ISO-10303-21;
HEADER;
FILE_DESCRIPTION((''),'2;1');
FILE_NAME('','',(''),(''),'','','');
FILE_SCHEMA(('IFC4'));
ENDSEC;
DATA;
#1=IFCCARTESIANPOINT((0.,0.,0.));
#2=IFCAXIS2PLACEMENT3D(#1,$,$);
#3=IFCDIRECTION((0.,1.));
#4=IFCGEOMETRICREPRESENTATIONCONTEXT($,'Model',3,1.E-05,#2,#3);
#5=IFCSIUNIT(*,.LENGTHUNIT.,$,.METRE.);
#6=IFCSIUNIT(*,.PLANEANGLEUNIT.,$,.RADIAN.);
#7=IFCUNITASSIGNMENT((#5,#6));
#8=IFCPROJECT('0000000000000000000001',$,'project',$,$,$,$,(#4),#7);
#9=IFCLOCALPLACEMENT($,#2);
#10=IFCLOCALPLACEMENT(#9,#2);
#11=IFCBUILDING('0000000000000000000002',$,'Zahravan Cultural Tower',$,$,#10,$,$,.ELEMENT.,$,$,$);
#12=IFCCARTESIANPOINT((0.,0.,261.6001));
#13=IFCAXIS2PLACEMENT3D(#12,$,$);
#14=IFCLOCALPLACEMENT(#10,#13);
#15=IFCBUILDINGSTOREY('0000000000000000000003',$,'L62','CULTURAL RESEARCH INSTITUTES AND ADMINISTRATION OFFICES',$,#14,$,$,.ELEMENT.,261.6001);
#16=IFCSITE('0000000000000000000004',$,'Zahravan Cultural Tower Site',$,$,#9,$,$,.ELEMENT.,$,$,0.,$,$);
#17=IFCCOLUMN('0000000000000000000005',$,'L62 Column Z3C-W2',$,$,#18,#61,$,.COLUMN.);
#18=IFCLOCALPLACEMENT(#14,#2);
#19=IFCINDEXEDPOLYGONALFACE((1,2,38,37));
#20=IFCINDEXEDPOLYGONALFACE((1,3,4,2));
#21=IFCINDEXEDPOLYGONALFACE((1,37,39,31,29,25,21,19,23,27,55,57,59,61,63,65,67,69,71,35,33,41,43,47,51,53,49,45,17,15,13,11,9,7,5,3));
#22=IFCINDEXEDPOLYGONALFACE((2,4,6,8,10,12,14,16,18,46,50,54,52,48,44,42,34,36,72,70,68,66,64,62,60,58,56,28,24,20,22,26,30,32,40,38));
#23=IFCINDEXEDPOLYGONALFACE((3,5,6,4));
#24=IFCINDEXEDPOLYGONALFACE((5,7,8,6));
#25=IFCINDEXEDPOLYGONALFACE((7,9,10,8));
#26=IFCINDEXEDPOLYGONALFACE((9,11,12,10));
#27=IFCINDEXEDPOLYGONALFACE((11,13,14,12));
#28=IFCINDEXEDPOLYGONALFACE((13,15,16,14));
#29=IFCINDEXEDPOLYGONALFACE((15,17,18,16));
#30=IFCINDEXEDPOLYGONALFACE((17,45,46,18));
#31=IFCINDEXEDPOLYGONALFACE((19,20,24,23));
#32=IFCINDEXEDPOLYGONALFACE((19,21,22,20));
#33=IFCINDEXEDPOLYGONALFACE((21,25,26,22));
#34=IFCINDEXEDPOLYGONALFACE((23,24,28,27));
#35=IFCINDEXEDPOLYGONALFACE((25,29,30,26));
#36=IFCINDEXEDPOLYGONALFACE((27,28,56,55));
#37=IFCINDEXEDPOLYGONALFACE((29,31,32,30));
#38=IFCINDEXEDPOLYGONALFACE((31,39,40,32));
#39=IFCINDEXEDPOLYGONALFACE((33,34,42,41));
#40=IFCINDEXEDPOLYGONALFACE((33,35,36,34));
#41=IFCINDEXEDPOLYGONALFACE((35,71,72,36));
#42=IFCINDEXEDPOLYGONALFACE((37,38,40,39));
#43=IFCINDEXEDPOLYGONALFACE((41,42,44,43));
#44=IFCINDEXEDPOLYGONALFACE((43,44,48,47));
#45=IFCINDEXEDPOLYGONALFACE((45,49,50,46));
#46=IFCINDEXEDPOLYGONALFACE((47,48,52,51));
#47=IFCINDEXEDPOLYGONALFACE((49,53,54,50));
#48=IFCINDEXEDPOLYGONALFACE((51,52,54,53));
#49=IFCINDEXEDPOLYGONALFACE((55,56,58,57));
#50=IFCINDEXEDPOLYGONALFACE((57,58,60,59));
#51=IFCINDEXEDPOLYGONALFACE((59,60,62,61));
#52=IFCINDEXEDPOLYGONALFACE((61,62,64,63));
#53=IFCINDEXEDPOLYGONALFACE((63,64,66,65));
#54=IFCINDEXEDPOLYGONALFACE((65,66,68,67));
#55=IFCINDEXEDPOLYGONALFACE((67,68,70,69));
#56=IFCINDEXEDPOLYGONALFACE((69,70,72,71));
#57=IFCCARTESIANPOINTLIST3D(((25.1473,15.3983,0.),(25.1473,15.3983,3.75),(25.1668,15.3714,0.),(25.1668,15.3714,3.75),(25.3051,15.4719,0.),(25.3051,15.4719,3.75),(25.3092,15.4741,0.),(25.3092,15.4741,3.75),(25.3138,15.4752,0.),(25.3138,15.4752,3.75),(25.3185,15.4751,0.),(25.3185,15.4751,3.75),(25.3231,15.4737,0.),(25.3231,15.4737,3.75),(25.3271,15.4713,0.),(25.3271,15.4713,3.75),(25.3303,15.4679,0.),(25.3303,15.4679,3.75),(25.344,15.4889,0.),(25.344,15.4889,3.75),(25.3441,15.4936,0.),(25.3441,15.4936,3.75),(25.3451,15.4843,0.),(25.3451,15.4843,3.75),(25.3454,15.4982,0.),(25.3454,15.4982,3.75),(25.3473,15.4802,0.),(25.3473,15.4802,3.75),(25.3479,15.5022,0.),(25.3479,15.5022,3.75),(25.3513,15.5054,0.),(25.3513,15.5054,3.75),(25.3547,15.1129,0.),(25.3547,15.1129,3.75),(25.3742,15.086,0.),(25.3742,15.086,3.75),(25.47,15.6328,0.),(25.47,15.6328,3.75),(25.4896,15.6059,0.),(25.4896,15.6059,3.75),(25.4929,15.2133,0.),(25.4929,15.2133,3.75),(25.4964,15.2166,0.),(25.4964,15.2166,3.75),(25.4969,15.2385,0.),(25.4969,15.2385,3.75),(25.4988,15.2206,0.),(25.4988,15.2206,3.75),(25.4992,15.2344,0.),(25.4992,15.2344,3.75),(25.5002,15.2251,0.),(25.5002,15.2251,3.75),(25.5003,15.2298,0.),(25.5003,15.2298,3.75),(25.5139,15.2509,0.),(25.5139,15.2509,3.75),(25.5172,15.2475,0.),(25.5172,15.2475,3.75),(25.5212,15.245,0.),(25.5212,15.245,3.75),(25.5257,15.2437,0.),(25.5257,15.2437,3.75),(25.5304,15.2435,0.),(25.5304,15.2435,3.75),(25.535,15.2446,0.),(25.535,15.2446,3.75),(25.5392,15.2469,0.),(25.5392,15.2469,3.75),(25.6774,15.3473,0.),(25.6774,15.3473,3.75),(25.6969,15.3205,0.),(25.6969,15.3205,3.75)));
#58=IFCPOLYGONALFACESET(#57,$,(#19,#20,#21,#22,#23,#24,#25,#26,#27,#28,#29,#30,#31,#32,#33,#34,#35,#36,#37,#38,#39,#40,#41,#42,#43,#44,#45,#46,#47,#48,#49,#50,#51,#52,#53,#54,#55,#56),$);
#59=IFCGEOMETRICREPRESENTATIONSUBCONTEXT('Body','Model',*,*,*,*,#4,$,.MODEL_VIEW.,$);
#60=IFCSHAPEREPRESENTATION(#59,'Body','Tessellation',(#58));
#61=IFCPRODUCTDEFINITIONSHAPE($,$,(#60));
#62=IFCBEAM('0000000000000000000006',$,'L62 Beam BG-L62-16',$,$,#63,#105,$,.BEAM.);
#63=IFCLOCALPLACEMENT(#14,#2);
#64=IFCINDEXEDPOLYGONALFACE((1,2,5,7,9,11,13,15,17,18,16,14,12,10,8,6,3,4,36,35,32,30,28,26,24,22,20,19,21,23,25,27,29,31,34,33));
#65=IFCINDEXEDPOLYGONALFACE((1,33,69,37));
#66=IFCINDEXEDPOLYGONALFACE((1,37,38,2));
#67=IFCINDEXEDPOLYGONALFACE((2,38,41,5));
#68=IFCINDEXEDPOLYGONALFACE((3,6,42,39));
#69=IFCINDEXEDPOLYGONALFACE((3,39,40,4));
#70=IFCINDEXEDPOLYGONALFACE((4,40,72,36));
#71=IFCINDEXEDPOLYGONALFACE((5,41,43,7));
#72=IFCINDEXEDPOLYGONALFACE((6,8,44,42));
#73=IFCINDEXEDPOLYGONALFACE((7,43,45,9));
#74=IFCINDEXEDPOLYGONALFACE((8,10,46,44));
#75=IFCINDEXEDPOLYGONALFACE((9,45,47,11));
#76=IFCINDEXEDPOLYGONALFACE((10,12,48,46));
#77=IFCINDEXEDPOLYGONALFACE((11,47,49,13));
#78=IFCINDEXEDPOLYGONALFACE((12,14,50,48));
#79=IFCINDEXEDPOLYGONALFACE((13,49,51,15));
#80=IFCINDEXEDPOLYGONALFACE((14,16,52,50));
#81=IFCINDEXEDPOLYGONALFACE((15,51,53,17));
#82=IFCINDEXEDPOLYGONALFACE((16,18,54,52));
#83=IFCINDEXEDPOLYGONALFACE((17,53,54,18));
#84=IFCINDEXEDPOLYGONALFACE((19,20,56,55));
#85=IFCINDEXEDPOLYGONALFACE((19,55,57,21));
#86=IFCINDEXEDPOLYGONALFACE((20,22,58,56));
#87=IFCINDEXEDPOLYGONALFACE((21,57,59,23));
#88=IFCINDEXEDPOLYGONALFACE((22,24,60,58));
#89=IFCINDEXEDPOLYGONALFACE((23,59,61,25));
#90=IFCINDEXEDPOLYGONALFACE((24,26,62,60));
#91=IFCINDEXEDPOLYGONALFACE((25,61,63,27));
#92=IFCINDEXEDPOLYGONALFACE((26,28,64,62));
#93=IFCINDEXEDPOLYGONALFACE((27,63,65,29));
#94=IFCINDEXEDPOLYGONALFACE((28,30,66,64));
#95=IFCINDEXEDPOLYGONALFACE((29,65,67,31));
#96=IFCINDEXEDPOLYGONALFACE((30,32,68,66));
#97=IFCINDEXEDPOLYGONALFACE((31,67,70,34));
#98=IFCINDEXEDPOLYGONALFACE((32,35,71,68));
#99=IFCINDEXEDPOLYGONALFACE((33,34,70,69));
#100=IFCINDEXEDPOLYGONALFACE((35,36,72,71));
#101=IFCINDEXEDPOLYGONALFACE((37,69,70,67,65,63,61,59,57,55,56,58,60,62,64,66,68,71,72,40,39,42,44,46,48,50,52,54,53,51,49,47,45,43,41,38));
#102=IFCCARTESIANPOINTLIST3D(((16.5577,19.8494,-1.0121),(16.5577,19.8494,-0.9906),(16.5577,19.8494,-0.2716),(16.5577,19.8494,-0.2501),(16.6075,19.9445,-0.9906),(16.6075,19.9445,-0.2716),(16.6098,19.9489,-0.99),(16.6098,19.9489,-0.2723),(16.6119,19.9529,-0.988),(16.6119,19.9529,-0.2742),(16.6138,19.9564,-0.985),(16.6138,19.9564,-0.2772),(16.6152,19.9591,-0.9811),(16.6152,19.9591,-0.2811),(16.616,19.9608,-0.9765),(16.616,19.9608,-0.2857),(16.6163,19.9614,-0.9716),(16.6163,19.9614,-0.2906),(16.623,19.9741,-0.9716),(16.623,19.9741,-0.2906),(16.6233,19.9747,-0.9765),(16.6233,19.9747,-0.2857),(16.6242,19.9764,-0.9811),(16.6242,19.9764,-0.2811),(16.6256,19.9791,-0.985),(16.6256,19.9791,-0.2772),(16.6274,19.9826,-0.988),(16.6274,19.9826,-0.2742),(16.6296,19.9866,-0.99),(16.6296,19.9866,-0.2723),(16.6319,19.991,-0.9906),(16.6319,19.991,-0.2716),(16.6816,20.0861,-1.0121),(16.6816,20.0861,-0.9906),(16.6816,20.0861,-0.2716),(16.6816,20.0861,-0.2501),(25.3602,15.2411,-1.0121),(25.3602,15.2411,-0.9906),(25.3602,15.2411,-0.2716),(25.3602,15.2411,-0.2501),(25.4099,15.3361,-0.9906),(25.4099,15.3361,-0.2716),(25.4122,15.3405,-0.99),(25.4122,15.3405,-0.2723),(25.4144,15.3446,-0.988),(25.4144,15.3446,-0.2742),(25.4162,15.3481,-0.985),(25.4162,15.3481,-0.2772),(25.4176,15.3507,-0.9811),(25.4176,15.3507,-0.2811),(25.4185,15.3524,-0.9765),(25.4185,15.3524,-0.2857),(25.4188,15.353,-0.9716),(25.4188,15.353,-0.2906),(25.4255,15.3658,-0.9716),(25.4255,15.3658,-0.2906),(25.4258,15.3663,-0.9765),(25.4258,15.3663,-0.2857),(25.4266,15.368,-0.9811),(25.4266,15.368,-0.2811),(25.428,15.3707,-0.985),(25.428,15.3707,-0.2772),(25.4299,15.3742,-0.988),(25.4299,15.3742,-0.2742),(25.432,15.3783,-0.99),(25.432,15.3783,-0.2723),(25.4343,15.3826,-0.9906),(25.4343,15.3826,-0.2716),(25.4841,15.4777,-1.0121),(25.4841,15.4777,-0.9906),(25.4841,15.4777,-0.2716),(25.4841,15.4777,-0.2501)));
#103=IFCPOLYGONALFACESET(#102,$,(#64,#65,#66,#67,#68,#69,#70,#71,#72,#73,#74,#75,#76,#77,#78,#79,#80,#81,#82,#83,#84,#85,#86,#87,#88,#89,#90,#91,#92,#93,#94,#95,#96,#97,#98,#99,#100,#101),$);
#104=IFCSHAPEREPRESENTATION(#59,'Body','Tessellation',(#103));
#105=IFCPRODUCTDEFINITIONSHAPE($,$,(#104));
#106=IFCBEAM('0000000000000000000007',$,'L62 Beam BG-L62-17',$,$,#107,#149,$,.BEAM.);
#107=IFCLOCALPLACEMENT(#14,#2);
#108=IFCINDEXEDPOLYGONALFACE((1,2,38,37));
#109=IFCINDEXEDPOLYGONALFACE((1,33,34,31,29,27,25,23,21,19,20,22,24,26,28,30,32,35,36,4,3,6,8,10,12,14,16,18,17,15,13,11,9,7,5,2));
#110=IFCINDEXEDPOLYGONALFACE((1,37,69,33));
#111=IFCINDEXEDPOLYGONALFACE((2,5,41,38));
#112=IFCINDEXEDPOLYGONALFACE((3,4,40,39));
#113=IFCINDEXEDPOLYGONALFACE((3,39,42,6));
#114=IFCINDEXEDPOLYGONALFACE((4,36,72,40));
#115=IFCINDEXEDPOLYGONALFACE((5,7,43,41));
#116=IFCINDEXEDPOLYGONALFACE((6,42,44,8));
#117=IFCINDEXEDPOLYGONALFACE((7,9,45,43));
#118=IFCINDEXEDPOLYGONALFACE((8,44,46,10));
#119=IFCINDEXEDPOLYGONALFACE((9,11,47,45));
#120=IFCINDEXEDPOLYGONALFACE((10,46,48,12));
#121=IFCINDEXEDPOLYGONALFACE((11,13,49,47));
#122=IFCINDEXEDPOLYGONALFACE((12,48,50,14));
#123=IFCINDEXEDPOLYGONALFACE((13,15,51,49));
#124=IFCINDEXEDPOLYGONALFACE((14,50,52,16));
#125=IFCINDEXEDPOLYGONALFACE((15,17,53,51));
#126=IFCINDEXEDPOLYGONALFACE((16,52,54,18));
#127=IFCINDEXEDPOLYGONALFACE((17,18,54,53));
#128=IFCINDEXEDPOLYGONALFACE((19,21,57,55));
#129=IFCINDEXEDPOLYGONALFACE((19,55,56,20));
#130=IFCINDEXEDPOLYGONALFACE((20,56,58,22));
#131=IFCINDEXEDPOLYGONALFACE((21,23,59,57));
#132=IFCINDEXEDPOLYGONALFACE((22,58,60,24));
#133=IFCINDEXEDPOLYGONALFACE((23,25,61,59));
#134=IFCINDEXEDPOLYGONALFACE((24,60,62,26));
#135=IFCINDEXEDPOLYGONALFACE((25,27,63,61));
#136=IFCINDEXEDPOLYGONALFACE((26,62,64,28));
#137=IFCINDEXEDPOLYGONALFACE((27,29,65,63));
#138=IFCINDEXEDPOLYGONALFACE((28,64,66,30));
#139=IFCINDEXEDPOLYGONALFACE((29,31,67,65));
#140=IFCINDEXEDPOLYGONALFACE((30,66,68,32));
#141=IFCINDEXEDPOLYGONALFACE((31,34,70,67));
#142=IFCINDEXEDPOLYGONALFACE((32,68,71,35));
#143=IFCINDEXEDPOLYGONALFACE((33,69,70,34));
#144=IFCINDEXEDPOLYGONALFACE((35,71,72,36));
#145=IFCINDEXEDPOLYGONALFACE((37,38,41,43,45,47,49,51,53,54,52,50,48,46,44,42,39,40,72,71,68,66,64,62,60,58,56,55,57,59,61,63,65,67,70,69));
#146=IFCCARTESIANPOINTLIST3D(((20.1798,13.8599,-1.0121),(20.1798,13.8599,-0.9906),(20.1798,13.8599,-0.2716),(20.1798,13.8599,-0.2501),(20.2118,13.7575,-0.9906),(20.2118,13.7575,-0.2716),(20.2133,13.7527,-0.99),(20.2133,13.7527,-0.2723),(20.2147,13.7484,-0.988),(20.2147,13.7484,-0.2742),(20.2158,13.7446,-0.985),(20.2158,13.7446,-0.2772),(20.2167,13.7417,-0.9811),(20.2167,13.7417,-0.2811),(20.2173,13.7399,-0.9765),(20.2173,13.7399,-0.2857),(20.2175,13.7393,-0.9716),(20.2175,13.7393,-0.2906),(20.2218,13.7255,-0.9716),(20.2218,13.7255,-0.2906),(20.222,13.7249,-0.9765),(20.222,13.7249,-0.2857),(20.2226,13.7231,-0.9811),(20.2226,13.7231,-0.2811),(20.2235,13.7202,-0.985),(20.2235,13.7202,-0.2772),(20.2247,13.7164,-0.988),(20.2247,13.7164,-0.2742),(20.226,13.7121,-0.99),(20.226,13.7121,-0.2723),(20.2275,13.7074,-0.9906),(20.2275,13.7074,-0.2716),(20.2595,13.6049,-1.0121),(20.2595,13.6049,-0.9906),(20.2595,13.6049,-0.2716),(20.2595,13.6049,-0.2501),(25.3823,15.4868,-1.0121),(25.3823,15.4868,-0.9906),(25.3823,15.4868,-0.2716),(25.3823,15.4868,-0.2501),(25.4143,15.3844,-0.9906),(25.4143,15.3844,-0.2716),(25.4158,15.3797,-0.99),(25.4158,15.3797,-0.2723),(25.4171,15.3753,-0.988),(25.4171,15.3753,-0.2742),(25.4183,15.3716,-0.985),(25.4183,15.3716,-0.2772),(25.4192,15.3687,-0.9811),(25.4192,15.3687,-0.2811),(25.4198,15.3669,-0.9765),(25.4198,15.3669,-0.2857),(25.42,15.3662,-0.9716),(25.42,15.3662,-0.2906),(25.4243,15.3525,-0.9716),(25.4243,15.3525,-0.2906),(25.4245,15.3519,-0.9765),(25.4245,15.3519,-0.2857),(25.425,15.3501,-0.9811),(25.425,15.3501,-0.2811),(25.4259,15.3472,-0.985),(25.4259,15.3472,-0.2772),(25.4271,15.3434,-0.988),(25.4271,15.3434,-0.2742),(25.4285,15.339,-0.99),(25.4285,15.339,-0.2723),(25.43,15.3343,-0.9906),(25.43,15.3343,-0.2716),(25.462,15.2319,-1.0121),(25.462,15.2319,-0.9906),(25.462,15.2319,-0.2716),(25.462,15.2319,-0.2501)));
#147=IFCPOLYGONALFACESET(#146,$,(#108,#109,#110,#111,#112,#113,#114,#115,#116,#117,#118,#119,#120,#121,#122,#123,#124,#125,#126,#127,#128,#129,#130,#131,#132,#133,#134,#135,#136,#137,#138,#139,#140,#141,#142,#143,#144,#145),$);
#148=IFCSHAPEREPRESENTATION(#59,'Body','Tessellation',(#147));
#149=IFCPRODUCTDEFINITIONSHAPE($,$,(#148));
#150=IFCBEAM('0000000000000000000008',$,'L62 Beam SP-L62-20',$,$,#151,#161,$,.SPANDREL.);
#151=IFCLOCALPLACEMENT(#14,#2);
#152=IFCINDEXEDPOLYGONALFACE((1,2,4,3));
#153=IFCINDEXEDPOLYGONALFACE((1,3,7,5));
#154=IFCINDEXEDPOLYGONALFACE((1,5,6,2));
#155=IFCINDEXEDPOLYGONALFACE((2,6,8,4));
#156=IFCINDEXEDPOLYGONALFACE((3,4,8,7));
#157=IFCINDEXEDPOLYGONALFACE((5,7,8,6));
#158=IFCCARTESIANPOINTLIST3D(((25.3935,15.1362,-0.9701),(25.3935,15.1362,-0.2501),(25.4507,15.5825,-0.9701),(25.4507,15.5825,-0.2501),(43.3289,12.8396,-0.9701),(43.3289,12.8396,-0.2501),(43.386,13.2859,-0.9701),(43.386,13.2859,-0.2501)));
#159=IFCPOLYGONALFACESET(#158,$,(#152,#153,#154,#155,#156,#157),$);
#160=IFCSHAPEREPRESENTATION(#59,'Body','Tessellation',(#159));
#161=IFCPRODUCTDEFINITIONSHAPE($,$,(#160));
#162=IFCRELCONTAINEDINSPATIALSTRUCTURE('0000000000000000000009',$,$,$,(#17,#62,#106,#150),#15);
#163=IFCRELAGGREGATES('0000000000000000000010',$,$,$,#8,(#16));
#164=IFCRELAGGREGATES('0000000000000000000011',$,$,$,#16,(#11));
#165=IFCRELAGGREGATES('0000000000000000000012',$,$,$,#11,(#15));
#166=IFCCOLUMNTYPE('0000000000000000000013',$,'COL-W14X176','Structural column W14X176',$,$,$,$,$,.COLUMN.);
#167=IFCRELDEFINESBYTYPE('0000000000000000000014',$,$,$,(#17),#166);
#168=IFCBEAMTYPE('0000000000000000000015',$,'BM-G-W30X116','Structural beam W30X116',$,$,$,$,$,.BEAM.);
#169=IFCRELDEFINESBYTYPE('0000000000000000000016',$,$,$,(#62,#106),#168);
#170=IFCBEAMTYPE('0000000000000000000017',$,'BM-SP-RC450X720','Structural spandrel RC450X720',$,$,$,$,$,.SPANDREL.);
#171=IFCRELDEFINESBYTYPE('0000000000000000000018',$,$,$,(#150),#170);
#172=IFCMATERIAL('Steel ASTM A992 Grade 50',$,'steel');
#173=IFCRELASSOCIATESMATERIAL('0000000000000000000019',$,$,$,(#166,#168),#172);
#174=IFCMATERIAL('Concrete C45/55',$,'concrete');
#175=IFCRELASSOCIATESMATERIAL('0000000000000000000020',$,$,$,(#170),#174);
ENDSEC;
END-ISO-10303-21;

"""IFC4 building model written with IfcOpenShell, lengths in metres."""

from ifc_helpers import new_model, si_unit, direction, frame, origin, origin_2d, place, context, subcontext, project, spatial, rectangle, i_section, extrude, source, transform, mapped, material, material_profile, profile_set, type_object, element, save


model = new_model("IFC4")

# Units and contexts
model_context = context("Model", 3, precision=1e-05, world=origin(), true_north=direction((0.0, 1.0)))
body_context = subcontext(model_context, "Body", "Model", "MODEL_VIEW")
ifc_project = project(units=[si_unit("LENGTHUNIT", "METRE"), si_unit("PLANEANGLEUNIT", "RADIAN")], contexts=[model_context])

# Site, building, storey
site_placement = place(None, origin())
site = spatial("IfcSite", under=ifc_project, at=site_placement, Name="Zahravan Cultural Tower Site", CompositionType="ELEMENT", RefElevation=0.0)
building_placement = place(site_placement, origin())
building = spatial("IfcBuilding", under=site, at=building_placement, Name="Zahravan Cultural Tower", CompositionType="ELEMENT")
storey_placement = place(building_placement, frame((0.0, 0.0, 261.6001)))
storey = spatial("IfcBuildingStorey", under=building, at=storey_placement, Name="L62", Description="CULTURAL RESEARCH INSTITUTES AND ADMINISTRATION OFFICES", CompositionType="ELEMENT", Elevation=261.6001)

# Column
ifc_material_1 = material(Name="Steel ASTM A992 Grade 50", Category="steel")
ifc_material_profile_1 = material_profile(ifc_material_1, i_section(OverallWidth=0.3989, OverallDepth=0.386, WebThickness=0.021, FlangeThickness=0.0332, FilletRadius=0.0181, at=origin_2d()), Name="W14X176")
ifc_profile_set_1 = profile_set([ifc_material_profile_1], Name="Steel ASTM A992 Grade 50")
column_type = type_object("IfcColumnType", Name="COL-W14X176", Description="Structural column W14X176", PredefinedType="COLUMN", material=ifc_profile_set_1)
shared_shape_1 = source(origin(), body_context, "Body", "SweptSolid", [
    extrude(i_section(OverallWidth=0.3989, OverallDepth=0.386, WebThickness=0.021, FlangeThickness=0.0332, FilletRadius=0.0181, at=origin_2d()), origin(), (0.0, 0.0, 1.0), 3.75),
])
column_placement = place(storey_placement, frame((25.4221, 15.3594, 0.0), z_axis=(0.0, 0.0, 1.0), x_axis=(0.809017, 0.587785, 0.0)))
element("IfcColumn", 1, at=column_placement, inside=storey, type_object=column_type, Name="L62 Column Z3C-W2", PredefinedType="COLUMN", context=body_context, shape_type="MappedRepresentation", body=[
    mapped(shared_shape_1, transform((0.0, 0.0, 0.0), x_axis=(1.0, 0.0, 0.0), y_axis=(0.0, 1.0, 0.0), z_axis=(0.0, 0.0, 1.0), scale=1.0)),
])

# Beams
ifc_material_profile_2 = material_profile(ifc_material_1, i_section(OverallWidth=0.2671, OverallDepth=0.762, WebThickness=0.0144, FlangeThickness=0.0215, FilletRadius=0.019, at=origin_2d()), Name="W30X116")
ifc_profile_set_2 = profile_set([ifc_material_profile_2], Name="Steel ASTM A992 Grade 50")
beam_type_1 = type_object("IfcBeamType", Name="BM-G-W30X116", Description="Structural beam W30X116", PredefinedType="BEAM", material=ifc_profile_set_2)
shared_shape_2 = source(origin(), body_context, "Body", "SweptSolid", [
    extrude(i_section(OverallWidth=0.2671, OverallDepth=0.762, WebThickness=0.0144, FlangeThickness=0.0215, FilletRadius=0.019, at=origin_2d()), origin(), (0.0, 0.0, 1.0), 9.9358),
])
beam_1_placement = place(storey_placement, frame((25.4221, 15.3594, -0.6311), z_axis=(-0.885932, 0.463815, 0.0), x_axis=(-0.463815, -0.885932, 0.0)))
element("IfcBeam", 2, at=beam_1_placement, inside=storey, type_object=beam_type_1, Name="L62 Beam BG-L62-16", PredefinedType="BEAM", context=body_context, shape_type="MappedRepresentation", body=[
    mapped(shared_shape_2, transform((0.0, 0.0, 0.0), x_axis=(1.0, 0.0, 0.0), y_axis=(0.0, 1.0, 0.0), z_axis=(0.0, 0.0, 1.0), scale=1.0)),
])
shared_shape_3 = source(origin(), body_context, "Body", "SweptSolid", [
    extrude(i_section(OverallWidth=0.2671, OverallDepth=0.762, WebThickness=0.0144, FlangeThickness=0.0215, FilletRadius=0.019, at=origin_2d()), origin(), (0.0, 0.0, 1.0), 5.4509),
])
beam_2_placement = place(storey_placement, frame((25.4221, 15.3594, -0.6311), z_axis=(-0.954417, -0.298476, 0.0), x_axis=(0.298476, -0.954417, 0.0)))
element("IfcBeam", 3, at=beam_2_placement, inside=storey, type_object=beam_type_1, Name="L62 Beam BG-L62-17", PredefinedType="BEAM", context=body_context, shape_type="MappedRepresentation", body=[
    mapped(shared_shape_3, transform((0.0, 0.0, 0.0), x_axis=(1.0, 0.0, 0.0), y_axis=(0.0, 1.0, 0.0), z_axis=(0.0, 0.0, 1.0), scale=1.0)),
])
ifc_material_2 = material(Name="Concrete C45/55", Category="concrete")
ifc_material_profile_3 = material_profile(ifc_material_2, rectangle(XDim=0.45, YDim=0.72, at=origin_2d()), Name="RC450X720")
ifc_profile_set_3 = profile_set([ifc_material_profile_3], Name="Concrete C45/55")
beam_type_2 = type_object("IfcBeamType", Name="BM-SP-RC450X720", Description="Structural spandrel RC450X720", PredefinedType="SPANDREL", material=ifc_profile_set_3)
shared_shape_4 = source(origin(), body_context, "Body", "SweptSolid", [
    extrude(rectangle(XDim=0.45, YDim=0.72, at=origin_2d()), origin(), (0.0, 0.0, 1.0), 18.0818),
])
beam_3_placement = place(storey_placement, frame((25.4221, 15.3594, -0.6101), z_axis=(0.991901, -0.127014, 0.0), x_axis=(0.127014, 0.991901, 0.0)))
element("IfcBeam", 4, at=beam_3_placement, inside=storey, type_object=beam_type_2, Name="L62 Beam SP-L62-20", PredefinedType="SPANDREL", context=body_context, shape_type="MappedRepresentation", body=[
    mapped(shared_shape_4, transform((0.0, 0.0, 0.0), x_axis=(1.0, 0.0, 0.0), y_axis=(0.0, 1.0, 0.0), z_axis=(0.0, 0.0, 1.0), scale=1.0)),
])

save(model, "model.ifc")
